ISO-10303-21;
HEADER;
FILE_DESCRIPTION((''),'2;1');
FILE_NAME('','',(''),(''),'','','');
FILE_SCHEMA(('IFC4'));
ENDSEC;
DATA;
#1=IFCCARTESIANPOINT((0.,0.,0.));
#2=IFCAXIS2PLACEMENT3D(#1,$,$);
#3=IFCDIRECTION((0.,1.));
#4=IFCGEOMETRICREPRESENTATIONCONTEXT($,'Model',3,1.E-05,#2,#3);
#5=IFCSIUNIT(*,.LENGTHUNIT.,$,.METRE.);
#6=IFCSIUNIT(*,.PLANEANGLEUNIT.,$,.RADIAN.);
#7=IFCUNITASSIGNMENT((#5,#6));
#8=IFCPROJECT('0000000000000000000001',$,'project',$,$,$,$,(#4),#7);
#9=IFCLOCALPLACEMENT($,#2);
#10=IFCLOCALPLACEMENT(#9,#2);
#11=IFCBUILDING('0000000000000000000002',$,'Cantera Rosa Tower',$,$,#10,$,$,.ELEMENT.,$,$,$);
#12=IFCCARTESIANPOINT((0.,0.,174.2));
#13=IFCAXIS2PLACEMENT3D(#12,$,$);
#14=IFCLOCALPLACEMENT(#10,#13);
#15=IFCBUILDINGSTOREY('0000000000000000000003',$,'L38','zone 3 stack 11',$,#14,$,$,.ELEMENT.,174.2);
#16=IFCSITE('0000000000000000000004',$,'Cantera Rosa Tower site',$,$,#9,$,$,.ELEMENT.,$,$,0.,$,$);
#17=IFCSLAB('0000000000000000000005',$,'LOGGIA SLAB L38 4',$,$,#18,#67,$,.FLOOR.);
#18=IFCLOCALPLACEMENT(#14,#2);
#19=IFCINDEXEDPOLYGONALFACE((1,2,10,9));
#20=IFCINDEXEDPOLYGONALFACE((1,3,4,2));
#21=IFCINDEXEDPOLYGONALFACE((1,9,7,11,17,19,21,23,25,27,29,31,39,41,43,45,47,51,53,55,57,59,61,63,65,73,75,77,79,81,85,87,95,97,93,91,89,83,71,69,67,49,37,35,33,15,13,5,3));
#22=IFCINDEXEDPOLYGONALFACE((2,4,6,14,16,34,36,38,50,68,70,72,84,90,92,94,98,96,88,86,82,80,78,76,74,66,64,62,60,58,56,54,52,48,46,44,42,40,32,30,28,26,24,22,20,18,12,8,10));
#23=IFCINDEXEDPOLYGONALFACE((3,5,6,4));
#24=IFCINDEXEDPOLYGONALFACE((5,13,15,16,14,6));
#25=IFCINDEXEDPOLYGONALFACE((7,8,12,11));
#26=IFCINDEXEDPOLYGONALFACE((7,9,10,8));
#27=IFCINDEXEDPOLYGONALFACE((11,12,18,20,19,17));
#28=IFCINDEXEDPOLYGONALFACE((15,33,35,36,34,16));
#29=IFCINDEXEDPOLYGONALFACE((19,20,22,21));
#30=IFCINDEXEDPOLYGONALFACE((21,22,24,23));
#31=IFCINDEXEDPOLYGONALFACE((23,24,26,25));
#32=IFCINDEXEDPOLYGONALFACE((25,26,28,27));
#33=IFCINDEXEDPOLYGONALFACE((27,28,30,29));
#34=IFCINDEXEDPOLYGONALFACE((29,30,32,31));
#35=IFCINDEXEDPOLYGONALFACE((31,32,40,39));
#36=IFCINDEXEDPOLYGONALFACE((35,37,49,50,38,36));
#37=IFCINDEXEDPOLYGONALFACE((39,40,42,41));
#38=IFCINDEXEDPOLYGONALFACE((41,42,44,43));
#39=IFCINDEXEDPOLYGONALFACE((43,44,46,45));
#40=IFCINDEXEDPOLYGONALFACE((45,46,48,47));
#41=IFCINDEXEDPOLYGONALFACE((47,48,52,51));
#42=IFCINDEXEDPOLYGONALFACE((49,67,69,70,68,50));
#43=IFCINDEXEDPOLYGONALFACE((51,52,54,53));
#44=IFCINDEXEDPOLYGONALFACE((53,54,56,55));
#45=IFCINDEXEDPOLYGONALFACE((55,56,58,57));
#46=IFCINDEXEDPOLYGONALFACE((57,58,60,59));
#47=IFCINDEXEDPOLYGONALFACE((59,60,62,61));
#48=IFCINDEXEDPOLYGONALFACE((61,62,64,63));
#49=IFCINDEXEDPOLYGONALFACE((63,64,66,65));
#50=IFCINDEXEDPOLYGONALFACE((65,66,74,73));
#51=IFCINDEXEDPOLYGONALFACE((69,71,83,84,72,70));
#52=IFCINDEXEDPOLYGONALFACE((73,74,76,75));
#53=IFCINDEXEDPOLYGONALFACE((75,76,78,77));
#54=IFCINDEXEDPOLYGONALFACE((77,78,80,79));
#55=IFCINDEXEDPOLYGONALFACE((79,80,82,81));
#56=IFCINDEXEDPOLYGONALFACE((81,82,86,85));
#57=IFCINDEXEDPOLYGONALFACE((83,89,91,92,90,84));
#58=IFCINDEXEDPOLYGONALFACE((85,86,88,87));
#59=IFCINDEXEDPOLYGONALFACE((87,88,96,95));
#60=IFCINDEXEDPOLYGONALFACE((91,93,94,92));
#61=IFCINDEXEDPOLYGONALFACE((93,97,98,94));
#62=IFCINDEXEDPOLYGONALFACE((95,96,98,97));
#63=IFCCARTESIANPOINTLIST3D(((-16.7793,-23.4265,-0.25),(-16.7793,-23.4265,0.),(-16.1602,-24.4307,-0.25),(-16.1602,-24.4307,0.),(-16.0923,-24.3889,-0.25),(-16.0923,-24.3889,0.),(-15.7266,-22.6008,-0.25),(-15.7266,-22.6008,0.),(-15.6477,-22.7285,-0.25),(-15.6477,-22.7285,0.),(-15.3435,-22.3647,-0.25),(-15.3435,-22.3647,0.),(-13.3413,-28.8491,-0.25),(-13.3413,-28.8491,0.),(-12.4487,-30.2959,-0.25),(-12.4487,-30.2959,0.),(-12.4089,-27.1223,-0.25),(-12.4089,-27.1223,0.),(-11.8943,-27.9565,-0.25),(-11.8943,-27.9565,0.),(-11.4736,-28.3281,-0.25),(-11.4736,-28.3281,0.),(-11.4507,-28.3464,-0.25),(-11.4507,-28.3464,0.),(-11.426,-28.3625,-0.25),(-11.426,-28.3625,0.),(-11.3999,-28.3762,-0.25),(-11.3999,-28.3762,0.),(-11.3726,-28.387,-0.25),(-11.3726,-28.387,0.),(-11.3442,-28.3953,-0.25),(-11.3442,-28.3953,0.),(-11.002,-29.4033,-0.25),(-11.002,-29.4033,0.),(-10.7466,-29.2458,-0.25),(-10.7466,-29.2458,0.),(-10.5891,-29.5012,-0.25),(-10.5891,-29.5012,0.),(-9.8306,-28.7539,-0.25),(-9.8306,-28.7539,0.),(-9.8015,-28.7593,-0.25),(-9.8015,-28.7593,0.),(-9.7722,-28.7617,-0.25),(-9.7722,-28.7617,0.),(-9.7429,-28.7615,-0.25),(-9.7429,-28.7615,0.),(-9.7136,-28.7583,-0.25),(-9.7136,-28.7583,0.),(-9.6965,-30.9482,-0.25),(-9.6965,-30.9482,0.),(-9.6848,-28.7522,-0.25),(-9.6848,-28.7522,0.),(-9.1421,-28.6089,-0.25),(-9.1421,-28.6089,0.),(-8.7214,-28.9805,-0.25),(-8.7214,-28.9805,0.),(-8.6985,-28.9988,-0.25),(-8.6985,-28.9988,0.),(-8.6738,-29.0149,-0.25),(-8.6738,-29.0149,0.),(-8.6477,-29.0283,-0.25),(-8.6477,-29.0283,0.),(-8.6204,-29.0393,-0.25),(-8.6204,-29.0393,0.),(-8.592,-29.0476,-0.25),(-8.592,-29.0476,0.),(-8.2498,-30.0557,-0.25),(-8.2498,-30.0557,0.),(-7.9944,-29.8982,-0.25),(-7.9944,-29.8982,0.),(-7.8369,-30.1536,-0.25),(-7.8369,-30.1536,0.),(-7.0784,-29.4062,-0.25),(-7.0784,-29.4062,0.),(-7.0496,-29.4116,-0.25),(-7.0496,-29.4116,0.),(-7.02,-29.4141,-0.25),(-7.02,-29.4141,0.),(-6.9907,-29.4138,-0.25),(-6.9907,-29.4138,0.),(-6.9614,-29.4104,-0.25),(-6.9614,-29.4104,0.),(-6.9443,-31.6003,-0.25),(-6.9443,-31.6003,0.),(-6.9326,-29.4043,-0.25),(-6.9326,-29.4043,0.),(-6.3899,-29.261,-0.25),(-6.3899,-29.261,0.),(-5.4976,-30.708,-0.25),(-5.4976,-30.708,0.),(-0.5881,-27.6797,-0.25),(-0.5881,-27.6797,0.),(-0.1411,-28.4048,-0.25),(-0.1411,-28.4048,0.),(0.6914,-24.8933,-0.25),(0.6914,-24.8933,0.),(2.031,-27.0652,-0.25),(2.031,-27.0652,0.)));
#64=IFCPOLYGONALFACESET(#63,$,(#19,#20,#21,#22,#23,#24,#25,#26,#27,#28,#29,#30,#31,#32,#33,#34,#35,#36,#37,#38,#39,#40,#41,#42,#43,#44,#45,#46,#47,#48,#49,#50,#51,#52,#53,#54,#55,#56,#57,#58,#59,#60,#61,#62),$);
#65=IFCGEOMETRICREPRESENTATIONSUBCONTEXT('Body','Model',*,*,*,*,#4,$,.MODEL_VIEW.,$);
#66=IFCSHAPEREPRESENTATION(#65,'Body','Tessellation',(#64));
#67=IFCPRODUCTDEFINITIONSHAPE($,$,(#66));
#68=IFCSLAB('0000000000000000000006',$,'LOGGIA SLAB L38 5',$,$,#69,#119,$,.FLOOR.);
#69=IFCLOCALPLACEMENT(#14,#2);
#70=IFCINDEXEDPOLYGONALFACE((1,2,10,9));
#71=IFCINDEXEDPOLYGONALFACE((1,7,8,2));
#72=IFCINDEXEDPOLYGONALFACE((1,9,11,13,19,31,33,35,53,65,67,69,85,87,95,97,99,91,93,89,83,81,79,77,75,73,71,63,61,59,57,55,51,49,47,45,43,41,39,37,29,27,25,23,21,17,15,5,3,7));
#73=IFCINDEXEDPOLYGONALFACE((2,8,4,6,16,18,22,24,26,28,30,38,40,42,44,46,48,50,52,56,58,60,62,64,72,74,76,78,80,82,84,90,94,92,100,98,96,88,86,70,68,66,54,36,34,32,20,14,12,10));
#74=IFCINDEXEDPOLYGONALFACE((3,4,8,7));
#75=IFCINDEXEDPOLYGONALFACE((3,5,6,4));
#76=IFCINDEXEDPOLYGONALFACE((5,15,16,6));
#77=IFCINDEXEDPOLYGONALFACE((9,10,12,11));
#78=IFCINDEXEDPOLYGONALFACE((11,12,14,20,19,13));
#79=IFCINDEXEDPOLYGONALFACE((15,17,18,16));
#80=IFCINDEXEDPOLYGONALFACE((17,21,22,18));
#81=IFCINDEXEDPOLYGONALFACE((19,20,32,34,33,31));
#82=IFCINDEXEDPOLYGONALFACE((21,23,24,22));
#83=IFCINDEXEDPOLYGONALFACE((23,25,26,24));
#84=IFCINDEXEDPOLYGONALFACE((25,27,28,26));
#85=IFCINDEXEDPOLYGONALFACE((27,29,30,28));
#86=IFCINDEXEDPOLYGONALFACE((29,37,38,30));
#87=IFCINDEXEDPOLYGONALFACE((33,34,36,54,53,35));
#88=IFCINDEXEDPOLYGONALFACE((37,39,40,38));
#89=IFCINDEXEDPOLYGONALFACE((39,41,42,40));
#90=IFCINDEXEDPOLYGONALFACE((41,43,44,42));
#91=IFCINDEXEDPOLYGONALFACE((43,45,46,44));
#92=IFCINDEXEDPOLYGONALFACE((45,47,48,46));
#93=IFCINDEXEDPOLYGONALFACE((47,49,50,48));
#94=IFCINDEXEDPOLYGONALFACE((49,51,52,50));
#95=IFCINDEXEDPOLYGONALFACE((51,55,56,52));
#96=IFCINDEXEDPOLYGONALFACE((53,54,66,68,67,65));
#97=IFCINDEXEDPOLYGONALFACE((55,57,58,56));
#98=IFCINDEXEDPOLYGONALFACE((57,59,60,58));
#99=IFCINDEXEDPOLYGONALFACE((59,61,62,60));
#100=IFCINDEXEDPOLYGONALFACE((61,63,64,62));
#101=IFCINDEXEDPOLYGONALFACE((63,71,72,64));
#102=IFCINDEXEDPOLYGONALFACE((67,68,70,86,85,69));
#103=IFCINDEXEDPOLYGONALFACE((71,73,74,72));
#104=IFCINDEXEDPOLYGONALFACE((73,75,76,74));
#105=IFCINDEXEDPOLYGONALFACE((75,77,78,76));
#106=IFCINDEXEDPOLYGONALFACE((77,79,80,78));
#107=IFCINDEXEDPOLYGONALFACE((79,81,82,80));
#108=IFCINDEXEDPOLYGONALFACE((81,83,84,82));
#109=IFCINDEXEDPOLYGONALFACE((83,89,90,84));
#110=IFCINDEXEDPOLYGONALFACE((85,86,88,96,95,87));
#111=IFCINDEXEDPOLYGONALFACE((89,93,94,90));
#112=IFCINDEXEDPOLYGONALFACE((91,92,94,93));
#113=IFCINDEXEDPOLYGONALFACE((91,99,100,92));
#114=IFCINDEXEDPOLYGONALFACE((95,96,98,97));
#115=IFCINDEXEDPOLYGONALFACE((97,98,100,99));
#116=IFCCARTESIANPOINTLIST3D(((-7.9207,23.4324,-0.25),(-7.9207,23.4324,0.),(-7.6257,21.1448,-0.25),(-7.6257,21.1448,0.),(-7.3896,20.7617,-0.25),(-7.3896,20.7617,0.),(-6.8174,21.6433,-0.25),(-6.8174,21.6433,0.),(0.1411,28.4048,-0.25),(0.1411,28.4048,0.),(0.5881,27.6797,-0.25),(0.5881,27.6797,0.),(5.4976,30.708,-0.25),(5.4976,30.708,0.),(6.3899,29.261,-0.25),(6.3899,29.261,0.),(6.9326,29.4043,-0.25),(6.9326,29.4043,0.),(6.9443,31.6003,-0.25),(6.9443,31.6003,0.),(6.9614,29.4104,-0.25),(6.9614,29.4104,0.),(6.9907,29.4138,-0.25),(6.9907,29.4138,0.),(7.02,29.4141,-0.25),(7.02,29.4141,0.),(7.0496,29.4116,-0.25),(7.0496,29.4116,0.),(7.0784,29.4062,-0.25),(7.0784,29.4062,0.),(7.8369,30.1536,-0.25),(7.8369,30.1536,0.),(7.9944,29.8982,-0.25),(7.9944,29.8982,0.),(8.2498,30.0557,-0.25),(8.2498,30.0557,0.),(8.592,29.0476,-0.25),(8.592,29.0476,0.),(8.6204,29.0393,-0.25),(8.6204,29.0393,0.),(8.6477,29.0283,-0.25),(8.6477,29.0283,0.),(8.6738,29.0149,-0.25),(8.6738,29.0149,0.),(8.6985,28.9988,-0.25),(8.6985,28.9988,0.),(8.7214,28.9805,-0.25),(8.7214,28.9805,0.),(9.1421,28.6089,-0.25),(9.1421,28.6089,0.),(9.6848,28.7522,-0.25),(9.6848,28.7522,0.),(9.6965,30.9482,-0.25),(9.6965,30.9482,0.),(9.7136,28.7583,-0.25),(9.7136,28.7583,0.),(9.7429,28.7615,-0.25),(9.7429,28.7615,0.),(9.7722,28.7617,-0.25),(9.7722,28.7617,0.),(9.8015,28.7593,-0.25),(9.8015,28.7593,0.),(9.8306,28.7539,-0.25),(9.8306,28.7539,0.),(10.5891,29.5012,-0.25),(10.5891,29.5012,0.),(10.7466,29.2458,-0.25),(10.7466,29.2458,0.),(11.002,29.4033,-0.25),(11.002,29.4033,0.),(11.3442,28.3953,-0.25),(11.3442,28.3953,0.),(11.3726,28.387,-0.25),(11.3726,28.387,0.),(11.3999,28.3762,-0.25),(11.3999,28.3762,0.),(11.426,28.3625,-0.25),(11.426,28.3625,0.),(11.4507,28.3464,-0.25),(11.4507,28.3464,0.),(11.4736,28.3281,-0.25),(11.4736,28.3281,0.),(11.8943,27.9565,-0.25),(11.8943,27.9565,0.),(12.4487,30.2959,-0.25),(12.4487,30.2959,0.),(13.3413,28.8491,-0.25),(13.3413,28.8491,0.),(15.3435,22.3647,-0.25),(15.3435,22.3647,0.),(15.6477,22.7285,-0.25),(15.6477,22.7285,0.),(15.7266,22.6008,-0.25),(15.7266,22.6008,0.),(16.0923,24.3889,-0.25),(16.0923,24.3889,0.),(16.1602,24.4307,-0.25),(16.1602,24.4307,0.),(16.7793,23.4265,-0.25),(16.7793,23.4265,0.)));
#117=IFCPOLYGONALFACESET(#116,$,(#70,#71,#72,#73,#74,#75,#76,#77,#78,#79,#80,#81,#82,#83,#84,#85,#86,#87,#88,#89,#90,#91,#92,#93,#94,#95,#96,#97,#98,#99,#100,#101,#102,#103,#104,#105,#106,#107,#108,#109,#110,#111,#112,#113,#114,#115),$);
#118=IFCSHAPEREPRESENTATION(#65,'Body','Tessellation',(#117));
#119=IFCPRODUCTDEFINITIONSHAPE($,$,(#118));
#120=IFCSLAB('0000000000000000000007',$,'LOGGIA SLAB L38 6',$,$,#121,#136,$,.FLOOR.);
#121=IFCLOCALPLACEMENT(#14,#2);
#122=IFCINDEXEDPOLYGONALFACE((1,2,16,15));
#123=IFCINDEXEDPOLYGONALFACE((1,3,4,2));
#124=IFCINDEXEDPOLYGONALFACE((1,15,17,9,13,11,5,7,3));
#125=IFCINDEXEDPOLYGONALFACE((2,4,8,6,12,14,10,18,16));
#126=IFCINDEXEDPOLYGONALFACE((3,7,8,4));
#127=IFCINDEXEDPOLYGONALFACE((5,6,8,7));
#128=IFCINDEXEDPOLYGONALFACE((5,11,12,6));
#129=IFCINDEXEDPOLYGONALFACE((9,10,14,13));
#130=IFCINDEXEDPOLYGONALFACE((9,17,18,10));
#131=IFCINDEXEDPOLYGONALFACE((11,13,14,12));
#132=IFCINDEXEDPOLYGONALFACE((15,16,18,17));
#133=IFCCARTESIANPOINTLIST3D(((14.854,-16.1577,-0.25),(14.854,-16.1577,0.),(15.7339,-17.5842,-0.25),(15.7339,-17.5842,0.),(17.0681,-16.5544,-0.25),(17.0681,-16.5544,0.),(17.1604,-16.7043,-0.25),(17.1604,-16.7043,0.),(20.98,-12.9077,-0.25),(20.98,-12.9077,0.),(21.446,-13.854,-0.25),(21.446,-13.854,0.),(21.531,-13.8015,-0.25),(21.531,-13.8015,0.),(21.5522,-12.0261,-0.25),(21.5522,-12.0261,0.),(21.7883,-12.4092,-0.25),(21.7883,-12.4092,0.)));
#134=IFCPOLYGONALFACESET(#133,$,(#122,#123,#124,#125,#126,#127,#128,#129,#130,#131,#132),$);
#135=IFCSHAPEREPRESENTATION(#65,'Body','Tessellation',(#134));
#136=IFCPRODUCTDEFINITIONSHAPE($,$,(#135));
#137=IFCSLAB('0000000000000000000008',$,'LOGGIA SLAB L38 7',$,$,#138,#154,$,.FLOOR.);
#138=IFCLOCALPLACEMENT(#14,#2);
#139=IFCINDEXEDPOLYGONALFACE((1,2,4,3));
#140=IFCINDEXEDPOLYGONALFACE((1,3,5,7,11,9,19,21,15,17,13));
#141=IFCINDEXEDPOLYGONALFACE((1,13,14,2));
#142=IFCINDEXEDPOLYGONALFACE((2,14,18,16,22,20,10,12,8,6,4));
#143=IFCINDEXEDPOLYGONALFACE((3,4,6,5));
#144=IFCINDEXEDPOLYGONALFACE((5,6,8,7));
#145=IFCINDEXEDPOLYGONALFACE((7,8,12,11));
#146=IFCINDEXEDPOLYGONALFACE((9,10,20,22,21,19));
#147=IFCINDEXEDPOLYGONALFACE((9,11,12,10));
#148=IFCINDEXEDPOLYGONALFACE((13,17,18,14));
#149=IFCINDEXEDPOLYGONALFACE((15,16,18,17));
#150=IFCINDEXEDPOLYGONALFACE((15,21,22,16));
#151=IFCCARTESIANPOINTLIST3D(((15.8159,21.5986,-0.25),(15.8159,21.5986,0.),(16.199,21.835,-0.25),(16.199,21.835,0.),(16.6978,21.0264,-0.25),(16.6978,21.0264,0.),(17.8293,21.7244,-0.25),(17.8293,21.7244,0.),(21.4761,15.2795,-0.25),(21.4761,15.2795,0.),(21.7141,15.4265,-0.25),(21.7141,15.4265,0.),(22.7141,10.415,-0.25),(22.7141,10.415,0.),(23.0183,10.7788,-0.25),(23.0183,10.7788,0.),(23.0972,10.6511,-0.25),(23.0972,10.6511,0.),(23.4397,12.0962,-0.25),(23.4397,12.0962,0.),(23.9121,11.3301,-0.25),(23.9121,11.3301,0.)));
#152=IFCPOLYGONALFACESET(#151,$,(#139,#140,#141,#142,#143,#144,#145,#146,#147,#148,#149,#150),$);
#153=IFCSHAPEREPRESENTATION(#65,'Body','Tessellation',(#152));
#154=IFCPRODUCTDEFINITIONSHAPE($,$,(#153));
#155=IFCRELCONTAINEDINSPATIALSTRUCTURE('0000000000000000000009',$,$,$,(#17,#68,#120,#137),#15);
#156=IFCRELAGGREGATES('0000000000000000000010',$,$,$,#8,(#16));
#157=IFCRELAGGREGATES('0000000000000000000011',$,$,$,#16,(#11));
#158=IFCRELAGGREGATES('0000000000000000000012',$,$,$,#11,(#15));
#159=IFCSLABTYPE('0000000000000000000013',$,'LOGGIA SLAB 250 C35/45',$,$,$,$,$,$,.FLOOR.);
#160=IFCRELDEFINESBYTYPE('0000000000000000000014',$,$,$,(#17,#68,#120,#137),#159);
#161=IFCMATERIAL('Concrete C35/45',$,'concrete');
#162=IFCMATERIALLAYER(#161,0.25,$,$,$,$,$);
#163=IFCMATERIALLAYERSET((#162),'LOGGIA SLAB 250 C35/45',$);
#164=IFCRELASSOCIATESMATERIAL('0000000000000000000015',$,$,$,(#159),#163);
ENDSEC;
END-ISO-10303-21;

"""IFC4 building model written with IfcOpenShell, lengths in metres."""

from ifc_helpers import new_model, si_unit, direction, frame, origin, place, context, subcontext, project, spatial, polyline, outline, extrude, material, layer, layer_set, type_object, element, save


model = new_model("IFC4")

# Units and contexts
model_context = context("Model", 3, precision=1e-05, world=origin(), true_north=direction((0.0, 1.0)))
body_context = subcontext(model_context, "Body", "Model", "MODEL_VIEW")
ifc_project = project(units=[si_unit("LENGTHUNIT", "METRE"), si_unit("PLANEANGLEUNIT", "RADIAN")], contexts=[model_context])

# Site, building, storey
site_placement = place(None, origin())
site = spatial("IfcSite", under=ifc_project, at=site_placement, Name="Cantera Rosa Tower site", CompositionType="ELEMENT", RefElevation=0.0)
building_placement = place(site_placement, origin())
building = spatial("IfcBuilding", under=site, at=building_placement, Name="Cantera Rosa Tower", CompositionType="ELEMENT")
storey_placement = place(building_placement, frame((0.0, 0.0, 174.2)))
storey = spatial("IfcBuildingStorey", under=building, at=storey_placement, Name="L38", Description="zone 3 stack 11", CompositionType="ELEMENT", Elevation=174.2)

# Slabs
ifc_material_1 = material(Name="Concrete C35/45", Category="concrete")
ifc_layer_1 = layer(ifc_material_1, 0.25)
ifc_layer_set_1 = layer_set([ifc_layer_1], Name="LOGGIA SLAB 250 C35/45")
slab_type_1 = type_object("IfcSlabType", Name="LOGGIA SLAB 250 C35/45", PredefinedType="FLOOR", material=ifc_layer_set_1)
slab_1_placement = place(storey_placement, frame((0.0, 0.0, -0.25)))
element("IfcSlab", 1, at=slab_1_placement, inside=storey, type_object=slab_type_1, Name="LOGGIA SLAB L38 4", PredefinedType="FLOOR", context=body_context, shape_type="SweptSolid", body=[
    extrude(outline(polyline([(-5.4976, -30.708), (-6.9443, -31.6003), (-7.8369, -30.1536), (-7.9944, -29.8982), (-8.2498, -30.0557), (-9.6965, -30.9482), (-10.5891, -29.5012), (-10.7466, -29.2458), (-11.002, -29.4033), (-12.4487, -30.2959), (-13.3413, -28.8491), (-16.0923, -24.3889), (-16.1602, -24.4307), (-16.7793, -23.4265), (-15.6477, -22.7285), (-15.7266, -22.6008), (-15.3435, -22.3647), (-12.4089, -27.1223), (-11.8943, -27.9565), (-11.4736, -28.3281), (-11.4507, -28.3464), (-11.426, -28.3625), (-11.3999, -28.3762), (-11.3726, -28.387), (-11.3442, -28.3953), (-9.8306, -28.7539), (-9.8015, -28.7593), (-9.7722, -28.7617), (-9.7429, -28.7615), (-9.7136, -28.7583), (-9.6848, -28.7522), (-9.1421, -28.6089), (-8.7214, -28.9805), (-8.6985, -28.9988), (-8.6738, -29.0149), (-8.6477, -29.0283), (-8.6204, -29.0393), (-8.592, -29.0476), (-7.0784, -29.4062), (-7.0496, -29.4116), (-7.02, -29.4141), (-6.9907, -29.4138), (-6.9614, -29.4104), (-6.9326, -29.4043), (-6.3899, -29.261), (0.6914, -24.8933), (2.031, -27.0652), (-0.1411, -28.4048), (-0.5881, -27.6797), (-5.4976, -30.708)])), origin(), (0.0, 0.0, 1.0), 0.25),
])
slab_2_placement = place(storey_placement, frame((0.0, 0.0, -0.25)))
element("IfcSlab", 2, at=slab_2_placement, inside=storey, type_object=slab_type_1, Name="LOGGIA SLAB L38 5", PredefinedType="FLOOR", context=body_context, shape_type="SweptSolid", body=[
    extrude(outline(polyline([(5.4976, 30.708), (6.9443, 31.6003), (7.8369, 30.1536), (7.9944, 29.8982), (8.2498, 30.0557), (9.6965, 30.9482), (10.5891, 29.5012), (10.7466, 29.2458), (11.002, 29.4033), (12.4487, 30.2959), (13.3413, 28.8491), (16.0923, 24.3889), (16.1602, 24.4307), (16.7793, 23.4265), (15.6477, 22.7285), (15.7266, 22.6008), (15.3435, 22.3647), (11.8943, 27.9565), (11.4736, 28.3281), (11.4507, 28.3464), (11.426, 28.3625), (11.3999, 28.3762), (11.3726, 28.387), (11.3442, 28.3953), (9.8306, 28.7539), (9.8015, 28.7593), (9.7722, 28.7617), (9.7429, 28.7615), (9.7136, 28.7583), (9.6848, 28.7522), (9.1421, 28.6089), (8.7214, 28.9805), (8.6985, 28.9988), (8.6738, 29.0149), (8.6477, 29.0283), (8.6204, 29.0393), (8.592, 29.0476), (7.0784, 29.4062), (7.0496, 29.4116), (7.02, 29.4141), (6.9907, 29.4138), (6.9614, 29.4104), (6.9326, 29.4043), (6.3899, 29.261), (-7.3896, 20.7617), (-7.6257, 21.1448), (-6.8174, 21.6433), (-7.9207, 23.4324), (0.1411, 28.4048), (0.5881, 27.6797), (5.4976, 30.708)])), origin(), (0.0, 0.0, 1.0), 0.25),
])
slab_3_placement = place(storey_placement, frame((0.0, 0.0, -0.25)))
element("IfcSlab", 3, at=slab_3_placement, inside=storey, type_object=slab_type_1, Name="LOGGIA SLAB L38 6", PredefinedType="FLOOR", context=body_context, shape_type="SweptSolid", body=[
    extrude(outline(polyline([(21.5522, -12.0261), (21.7883, -12.4092), (20.98, -12.9077), (21.531, -13.8015), (21.446, -13.854), (17.0681, -16.5544), (17.1604, -16.7043), (15.7339, -17.5842), (14.854, -16.1577), (21.5522, -12.0261)])), origin(), (0.0, 0.0, 1.0), 0.25),
])
slab_4_placement = place(storey_placement, frame((0.0, 0.0, -0.25)))
element("IfcSlab", 4, at=slab_4_placement, inside=storey, type_object=slab_type_1, Name="LOGGIA SLAB L38 7", PredefinedType="FLOOR", context=body_context, shape_type="SweptSolid", body=[
    extrude(outline(polyline([(23.4397, 12.0962), (23.9121, 11.3301), (23.0183, 10.7788), (23.0972, 10.6511), (22.7141, 10.415), (15.8159, 21.5986), (16.199, 21.835), (16.6978, 21.0264), (17.8293, 21.7244), (21.7141, 15.4265), (21.4761, 15.2795), (23.4397, 12.0962)])), origin(), (0.0, 0.0, 1.0), 0.25),
])

save(model, "model.ifc")
